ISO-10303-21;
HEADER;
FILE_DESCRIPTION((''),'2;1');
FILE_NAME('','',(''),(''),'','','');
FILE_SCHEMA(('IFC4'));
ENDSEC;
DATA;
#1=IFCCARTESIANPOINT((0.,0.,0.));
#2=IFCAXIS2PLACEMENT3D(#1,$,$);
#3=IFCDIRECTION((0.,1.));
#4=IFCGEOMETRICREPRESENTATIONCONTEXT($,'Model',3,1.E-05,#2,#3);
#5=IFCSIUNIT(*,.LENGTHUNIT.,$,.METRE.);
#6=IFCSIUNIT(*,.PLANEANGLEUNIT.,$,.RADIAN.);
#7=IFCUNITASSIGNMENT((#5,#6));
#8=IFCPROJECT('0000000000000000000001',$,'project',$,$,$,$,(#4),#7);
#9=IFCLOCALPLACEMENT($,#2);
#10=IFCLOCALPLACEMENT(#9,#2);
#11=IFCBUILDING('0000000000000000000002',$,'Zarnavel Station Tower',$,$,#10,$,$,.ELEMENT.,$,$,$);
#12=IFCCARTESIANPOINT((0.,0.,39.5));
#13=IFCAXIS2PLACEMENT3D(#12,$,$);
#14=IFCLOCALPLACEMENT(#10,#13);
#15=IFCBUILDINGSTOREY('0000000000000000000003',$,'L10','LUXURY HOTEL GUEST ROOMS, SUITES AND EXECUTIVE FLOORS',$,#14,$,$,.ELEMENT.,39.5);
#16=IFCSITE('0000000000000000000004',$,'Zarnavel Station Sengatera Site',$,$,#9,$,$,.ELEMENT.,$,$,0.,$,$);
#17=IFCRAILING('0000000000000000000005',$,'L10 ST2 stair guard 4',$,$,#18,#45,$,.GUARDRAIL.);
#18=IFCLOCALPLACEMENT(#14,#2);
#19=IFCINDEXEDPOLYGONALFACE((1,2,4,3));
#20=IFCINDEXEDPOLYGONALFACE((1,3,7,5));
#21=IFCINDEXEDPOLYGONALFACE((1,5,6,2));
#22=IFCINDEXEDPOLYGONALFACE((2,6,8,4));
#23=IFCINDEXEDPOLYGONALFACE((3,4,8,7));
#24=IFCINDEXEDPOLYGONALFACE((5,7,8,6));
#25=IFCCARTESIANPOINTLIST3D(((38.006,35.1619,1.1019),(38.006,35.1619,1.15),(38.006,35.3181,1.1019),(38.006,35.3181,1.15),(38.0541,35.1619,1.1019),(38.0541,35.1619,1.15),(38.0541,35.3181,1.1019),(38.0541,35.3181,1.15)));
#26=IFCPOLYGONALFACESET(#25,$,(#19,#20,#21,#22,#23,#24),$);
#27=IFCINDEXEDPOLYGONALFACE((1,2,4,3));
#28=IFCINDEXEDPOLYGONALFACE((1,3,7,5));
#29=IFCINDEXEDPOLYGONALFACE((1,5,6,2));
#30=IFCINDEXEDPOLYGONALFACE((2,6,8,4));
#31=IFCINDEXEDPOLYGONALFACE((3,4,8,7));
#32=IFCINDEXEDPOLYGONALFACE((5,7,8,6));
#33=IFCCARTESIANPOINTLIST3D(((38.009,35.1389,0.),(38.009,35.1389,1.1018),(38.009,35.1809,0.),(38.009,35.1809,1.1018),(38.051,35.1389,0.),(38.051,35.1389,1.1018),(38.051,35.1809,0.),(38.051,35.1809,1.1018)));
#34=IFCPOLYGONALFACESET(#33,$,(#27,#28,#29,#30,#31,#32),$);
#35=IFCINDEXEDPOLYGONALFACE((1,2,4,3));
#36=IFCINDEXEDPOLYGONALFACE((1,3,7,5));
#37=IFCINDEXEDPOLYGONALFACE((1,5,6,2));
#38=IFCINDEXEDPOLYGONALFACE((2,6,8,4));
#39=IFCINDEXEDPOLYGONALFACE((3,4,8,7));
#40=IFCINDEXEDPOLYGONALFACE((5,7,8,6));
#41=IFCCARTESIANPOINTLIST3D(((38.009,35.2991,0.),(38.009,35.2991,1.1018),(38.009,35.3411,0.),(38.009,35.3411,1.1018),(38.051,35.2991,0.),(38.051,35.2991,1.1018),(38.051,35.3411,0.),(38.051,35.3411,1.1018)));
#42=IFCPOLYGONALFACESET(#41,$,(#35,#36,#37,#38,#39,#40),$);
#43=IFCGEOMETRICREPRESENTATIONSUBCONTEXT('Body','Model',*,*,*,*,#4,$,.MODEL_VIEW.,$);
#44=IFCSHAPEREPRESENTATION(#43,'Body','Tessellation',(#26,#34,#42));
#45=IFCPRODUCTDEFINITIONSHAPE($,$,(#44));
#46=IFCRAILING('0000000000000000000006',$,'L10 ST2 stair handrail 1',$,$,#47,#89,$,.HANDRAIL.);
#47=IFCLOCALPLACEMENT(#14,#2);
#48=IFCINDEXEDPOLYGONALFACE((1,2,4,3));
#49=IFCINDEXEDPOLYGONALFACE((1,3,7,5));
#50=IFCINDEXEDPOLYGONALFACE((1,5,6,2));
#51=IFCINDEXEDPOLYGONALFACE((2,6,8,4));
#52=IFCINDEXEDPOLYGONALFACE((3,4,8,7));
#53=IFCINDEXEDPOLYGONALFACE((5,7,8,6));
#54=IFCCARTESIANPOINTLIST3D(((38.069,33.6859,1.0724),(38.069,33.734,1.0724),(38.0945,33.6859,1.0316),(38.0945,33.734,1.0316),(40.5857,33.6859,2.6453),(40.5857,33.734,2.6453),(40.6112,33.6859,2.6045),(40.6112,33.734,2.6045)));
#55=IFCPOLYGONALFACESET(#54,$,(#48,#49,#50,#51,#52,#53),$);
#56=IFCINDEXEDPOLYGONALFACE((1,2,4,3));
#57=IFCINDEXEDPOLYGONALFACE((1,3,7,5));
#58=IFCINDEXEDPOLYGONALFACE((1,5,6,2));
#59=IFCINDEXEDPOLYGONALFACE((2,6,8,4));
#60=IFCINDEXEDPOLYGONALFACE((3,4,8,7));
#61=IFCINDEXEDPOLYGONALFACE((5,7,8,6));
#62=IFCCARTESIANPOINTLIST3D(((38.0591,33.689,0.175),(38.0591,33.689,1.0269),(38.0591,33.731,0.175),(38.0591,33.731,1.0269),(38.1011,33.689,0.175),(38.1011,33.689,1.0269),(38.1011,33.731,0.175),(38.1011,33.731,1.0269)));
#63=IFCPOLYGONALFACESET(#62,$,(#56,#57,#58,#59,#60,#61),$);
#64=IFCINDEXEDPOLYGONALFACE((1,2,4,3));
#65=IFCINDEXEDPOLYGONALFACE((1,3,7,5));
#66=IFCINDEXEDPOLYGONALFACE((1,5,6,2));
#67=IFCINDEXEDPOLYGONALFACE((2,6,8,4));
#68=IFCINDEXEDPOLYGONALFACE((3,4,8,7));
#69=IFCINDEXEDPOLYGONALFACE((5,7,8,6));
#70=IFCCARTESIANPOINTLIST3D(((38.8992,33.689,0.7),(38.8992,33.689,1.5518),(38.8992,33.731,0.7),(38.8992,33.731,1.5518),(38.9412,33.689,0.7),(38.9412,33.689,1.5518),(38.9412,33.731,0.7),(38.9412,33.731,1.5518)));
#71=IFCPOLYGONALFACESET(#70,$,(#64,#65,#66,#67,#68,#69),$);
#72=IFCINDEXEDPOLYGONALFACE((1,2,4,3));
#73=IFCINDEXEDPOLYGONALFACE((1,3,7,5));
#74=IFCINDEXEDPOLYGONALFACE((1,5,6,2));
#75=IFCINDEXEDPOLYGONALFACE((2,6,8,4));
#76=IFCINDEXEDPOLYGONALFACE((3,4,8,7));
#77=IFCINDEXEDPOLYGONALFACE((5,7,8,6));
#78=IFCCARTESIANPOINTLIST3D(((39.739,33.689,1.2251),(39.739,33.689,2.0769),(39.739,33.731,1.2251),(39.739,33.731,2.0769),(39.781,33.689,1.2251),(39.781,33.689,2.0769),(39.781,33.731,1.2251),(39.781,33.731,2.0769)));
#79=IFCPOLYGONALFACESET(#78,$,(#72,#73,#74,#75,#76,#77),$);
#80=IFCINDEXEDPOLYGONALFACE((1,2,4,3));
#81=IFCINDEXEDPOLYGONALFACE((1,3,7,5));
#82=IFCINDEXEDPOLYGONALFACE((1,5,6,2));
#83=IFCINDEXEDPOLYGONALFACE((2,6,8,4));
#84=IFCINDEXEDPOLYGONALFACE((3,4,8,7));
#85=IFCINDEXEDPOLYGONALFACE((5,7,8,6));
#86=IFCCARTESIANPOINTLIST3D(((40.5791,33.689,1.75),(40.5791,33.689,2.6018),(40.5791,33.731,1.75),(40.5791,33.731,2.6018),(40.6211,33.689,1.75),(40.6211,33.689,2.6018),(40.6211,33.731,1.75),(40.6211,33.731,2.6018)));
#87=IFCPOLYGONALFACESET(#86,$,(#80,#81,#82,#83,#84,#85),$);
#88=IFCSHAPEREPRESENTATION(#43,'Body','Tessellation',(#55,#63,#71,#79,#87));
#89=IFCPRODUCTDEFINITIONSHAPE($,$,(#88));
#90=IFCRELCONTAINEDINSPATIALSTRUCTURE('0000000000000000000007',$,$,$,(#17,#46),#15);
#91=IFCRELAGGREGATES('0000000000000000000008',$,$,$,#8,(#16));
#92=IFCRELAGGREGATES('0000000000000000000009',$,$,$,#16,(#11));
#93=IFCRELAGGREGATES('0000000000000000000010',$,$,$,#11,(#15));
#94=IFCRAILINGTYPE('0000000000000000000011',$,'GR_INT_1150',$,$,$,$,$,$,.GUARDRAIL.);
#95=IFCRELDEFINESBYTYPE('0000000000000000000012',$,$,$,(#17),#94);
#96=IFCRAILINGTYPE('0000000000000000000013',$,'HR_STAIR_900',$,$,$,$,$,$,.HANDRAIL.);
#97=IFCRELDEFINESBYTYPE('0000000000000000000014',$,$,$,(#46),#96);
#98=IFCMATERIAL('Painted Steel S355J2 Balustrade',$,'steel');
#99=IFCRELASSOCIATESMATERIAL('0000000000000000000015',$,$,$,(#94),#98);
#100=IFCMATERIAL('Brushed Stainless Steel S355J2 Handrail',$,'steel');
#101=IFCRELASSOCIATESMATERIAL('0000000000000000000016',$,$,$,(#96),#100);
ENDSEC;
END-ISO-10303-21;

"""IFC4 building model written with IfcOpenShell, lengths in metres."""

from ifc_helpers import new_model, si_unit, direction, frame, origin, origin_2d, place, context, subcontext, project, spatial, rectangle, extrude, material, type_object, element, save


model = new_model("IFC4")

# Units and contexts
model_context = context("Model", 3, precision=1e-05, world=origin(), true_north=direction((0.0, 1.0)))
body_context = subcontext(model_context, "Body", "Model", "MODEL_VIEW")
ifc_project = project(units=[si_unit("LENGTHUNIT", "METRE"), si_unit("PLANEANGLEUNIT", "RADIAN")], contexts=[model_context])

# Site, building, storey
site_placement = place(None, origin())
site = spatial("IfcSite", under=ifc_project, at=site_placement, Name="Zarnavel Station Sengatera Site", CompositionType="ELEMENT", RefElevation=0.0)
building_placement = place(site_placement, origin())
building = spatial("IfcBuilding", under=site, at=building_placement, Name="Zarnavel Station Tower", CompositionType="ELEMENT")
storey_placement = place(building_placement, frame((0.0, 0.0, 39.5)))
storey = spatial("IfcBuildingStorey", under=building, at=storey_placement, Name="L10", Description="LUXURY HOTEL GUEST ROOMS, SUITES AND EXECUTIVE FLOORS", CompositionType="ELEMENT", Elevation=39.5)

# Railings
ifc_material_1 = material(Name="Painted Steel S355J2 Balustrade", Category="steel")
railing_type_1 = type_object("IfcRailingType", Name="GR_INT_1150", PredefinedType="GUARDRAIL", material=ifc_material_1)
railing_1_placement = place(storey_placement, frame((38.03, 35.1599, 0.0)))
element("IfcRailing", 1, at=railing_1_placement, inside=storey, type_object=railing_type_1, Name="L10 ST2 stair guard 4", PredefinedType="GUARDRAIL", context=body_context, shape_type="SweptSolid", body=[
    extrude(rectangle(XDim=0.0481, YDim=0.0481, at=origin_2d()), frame((0.0, 0.002, 1.126), z_axis=(0.0, 1.0, 0.0), x_axis=(-1.0, 0.0, 0.0)), (0.0, 0.0, 1.0), 0.1562),
    extrude(rectangle(XDim=0.042, YDim=0.042, at=origin_2d()), origin(), (0.0, 0.0, 1.0), 1.1018),
    extrude(rectangle(XDim=0.042, YDim=0.042, at=origin_2d()), frame((0.0, 0.1602, 0.0)), (0.0, 0.0, 1.0), 1.1018),
])
ifc_material_2 = material(Name="Brushed Stainless Steel S355J2 Handrail", Category="steel")
railing_type_2 = type_object("IfcRailingType", Name="HR_STAIR_900", PredefinedType="HANDRAIL", material=ifc_material_2)
railing_2_placement = place(storey_placement, frame((38.0801, 33.71, 0.175)))
element("IfcRailing", 2, at=railing_2_placement, inside=storey, type_object=railing_type_2, Name="L10 ST2 stair handrail 1", PredefinedType="HANDRAIL", context=body_context, shape_type="SweptSolid", body=[
    extrude(rectangle(XDim=0.0481, YDim=0.0481, at=origin_2d()), frame((0.0017, 0.0, 0.877), z_axis=(0.848008, 0.0, 0.529984), x_axis=(0.0, 1.0, 0.0)), (0.0, 0.0, 1.0), 2.9678),
    extrude(rectangle(XDim=0.042, YDim=0.042, at=origin_2d()), origin(), (0.0, 0.0, 1.0), 0.8518),
    extrude(rectangle(XDim=0.042, YDim=0.042, at=origin_2d()), frame((0.8401, 0.0, 0.5249)), (0.0, 0.0, 1.0), 0.8518),
    extrude(rectangle(XDim=0.042, YDim=0.042, at=origin_2d()), frame((1.6799, 0.0, 1.05)), (0.0, 0.0, 1.0), 0.8518),
    extrude(rectangle(XDim=0.042, YDim=0.042, at=origin_2d()), frame((2.52, 0.0, 1.575)), (0.0, 0.0, 1.0), 0.8518),
])

save(model, "model.ifc")
